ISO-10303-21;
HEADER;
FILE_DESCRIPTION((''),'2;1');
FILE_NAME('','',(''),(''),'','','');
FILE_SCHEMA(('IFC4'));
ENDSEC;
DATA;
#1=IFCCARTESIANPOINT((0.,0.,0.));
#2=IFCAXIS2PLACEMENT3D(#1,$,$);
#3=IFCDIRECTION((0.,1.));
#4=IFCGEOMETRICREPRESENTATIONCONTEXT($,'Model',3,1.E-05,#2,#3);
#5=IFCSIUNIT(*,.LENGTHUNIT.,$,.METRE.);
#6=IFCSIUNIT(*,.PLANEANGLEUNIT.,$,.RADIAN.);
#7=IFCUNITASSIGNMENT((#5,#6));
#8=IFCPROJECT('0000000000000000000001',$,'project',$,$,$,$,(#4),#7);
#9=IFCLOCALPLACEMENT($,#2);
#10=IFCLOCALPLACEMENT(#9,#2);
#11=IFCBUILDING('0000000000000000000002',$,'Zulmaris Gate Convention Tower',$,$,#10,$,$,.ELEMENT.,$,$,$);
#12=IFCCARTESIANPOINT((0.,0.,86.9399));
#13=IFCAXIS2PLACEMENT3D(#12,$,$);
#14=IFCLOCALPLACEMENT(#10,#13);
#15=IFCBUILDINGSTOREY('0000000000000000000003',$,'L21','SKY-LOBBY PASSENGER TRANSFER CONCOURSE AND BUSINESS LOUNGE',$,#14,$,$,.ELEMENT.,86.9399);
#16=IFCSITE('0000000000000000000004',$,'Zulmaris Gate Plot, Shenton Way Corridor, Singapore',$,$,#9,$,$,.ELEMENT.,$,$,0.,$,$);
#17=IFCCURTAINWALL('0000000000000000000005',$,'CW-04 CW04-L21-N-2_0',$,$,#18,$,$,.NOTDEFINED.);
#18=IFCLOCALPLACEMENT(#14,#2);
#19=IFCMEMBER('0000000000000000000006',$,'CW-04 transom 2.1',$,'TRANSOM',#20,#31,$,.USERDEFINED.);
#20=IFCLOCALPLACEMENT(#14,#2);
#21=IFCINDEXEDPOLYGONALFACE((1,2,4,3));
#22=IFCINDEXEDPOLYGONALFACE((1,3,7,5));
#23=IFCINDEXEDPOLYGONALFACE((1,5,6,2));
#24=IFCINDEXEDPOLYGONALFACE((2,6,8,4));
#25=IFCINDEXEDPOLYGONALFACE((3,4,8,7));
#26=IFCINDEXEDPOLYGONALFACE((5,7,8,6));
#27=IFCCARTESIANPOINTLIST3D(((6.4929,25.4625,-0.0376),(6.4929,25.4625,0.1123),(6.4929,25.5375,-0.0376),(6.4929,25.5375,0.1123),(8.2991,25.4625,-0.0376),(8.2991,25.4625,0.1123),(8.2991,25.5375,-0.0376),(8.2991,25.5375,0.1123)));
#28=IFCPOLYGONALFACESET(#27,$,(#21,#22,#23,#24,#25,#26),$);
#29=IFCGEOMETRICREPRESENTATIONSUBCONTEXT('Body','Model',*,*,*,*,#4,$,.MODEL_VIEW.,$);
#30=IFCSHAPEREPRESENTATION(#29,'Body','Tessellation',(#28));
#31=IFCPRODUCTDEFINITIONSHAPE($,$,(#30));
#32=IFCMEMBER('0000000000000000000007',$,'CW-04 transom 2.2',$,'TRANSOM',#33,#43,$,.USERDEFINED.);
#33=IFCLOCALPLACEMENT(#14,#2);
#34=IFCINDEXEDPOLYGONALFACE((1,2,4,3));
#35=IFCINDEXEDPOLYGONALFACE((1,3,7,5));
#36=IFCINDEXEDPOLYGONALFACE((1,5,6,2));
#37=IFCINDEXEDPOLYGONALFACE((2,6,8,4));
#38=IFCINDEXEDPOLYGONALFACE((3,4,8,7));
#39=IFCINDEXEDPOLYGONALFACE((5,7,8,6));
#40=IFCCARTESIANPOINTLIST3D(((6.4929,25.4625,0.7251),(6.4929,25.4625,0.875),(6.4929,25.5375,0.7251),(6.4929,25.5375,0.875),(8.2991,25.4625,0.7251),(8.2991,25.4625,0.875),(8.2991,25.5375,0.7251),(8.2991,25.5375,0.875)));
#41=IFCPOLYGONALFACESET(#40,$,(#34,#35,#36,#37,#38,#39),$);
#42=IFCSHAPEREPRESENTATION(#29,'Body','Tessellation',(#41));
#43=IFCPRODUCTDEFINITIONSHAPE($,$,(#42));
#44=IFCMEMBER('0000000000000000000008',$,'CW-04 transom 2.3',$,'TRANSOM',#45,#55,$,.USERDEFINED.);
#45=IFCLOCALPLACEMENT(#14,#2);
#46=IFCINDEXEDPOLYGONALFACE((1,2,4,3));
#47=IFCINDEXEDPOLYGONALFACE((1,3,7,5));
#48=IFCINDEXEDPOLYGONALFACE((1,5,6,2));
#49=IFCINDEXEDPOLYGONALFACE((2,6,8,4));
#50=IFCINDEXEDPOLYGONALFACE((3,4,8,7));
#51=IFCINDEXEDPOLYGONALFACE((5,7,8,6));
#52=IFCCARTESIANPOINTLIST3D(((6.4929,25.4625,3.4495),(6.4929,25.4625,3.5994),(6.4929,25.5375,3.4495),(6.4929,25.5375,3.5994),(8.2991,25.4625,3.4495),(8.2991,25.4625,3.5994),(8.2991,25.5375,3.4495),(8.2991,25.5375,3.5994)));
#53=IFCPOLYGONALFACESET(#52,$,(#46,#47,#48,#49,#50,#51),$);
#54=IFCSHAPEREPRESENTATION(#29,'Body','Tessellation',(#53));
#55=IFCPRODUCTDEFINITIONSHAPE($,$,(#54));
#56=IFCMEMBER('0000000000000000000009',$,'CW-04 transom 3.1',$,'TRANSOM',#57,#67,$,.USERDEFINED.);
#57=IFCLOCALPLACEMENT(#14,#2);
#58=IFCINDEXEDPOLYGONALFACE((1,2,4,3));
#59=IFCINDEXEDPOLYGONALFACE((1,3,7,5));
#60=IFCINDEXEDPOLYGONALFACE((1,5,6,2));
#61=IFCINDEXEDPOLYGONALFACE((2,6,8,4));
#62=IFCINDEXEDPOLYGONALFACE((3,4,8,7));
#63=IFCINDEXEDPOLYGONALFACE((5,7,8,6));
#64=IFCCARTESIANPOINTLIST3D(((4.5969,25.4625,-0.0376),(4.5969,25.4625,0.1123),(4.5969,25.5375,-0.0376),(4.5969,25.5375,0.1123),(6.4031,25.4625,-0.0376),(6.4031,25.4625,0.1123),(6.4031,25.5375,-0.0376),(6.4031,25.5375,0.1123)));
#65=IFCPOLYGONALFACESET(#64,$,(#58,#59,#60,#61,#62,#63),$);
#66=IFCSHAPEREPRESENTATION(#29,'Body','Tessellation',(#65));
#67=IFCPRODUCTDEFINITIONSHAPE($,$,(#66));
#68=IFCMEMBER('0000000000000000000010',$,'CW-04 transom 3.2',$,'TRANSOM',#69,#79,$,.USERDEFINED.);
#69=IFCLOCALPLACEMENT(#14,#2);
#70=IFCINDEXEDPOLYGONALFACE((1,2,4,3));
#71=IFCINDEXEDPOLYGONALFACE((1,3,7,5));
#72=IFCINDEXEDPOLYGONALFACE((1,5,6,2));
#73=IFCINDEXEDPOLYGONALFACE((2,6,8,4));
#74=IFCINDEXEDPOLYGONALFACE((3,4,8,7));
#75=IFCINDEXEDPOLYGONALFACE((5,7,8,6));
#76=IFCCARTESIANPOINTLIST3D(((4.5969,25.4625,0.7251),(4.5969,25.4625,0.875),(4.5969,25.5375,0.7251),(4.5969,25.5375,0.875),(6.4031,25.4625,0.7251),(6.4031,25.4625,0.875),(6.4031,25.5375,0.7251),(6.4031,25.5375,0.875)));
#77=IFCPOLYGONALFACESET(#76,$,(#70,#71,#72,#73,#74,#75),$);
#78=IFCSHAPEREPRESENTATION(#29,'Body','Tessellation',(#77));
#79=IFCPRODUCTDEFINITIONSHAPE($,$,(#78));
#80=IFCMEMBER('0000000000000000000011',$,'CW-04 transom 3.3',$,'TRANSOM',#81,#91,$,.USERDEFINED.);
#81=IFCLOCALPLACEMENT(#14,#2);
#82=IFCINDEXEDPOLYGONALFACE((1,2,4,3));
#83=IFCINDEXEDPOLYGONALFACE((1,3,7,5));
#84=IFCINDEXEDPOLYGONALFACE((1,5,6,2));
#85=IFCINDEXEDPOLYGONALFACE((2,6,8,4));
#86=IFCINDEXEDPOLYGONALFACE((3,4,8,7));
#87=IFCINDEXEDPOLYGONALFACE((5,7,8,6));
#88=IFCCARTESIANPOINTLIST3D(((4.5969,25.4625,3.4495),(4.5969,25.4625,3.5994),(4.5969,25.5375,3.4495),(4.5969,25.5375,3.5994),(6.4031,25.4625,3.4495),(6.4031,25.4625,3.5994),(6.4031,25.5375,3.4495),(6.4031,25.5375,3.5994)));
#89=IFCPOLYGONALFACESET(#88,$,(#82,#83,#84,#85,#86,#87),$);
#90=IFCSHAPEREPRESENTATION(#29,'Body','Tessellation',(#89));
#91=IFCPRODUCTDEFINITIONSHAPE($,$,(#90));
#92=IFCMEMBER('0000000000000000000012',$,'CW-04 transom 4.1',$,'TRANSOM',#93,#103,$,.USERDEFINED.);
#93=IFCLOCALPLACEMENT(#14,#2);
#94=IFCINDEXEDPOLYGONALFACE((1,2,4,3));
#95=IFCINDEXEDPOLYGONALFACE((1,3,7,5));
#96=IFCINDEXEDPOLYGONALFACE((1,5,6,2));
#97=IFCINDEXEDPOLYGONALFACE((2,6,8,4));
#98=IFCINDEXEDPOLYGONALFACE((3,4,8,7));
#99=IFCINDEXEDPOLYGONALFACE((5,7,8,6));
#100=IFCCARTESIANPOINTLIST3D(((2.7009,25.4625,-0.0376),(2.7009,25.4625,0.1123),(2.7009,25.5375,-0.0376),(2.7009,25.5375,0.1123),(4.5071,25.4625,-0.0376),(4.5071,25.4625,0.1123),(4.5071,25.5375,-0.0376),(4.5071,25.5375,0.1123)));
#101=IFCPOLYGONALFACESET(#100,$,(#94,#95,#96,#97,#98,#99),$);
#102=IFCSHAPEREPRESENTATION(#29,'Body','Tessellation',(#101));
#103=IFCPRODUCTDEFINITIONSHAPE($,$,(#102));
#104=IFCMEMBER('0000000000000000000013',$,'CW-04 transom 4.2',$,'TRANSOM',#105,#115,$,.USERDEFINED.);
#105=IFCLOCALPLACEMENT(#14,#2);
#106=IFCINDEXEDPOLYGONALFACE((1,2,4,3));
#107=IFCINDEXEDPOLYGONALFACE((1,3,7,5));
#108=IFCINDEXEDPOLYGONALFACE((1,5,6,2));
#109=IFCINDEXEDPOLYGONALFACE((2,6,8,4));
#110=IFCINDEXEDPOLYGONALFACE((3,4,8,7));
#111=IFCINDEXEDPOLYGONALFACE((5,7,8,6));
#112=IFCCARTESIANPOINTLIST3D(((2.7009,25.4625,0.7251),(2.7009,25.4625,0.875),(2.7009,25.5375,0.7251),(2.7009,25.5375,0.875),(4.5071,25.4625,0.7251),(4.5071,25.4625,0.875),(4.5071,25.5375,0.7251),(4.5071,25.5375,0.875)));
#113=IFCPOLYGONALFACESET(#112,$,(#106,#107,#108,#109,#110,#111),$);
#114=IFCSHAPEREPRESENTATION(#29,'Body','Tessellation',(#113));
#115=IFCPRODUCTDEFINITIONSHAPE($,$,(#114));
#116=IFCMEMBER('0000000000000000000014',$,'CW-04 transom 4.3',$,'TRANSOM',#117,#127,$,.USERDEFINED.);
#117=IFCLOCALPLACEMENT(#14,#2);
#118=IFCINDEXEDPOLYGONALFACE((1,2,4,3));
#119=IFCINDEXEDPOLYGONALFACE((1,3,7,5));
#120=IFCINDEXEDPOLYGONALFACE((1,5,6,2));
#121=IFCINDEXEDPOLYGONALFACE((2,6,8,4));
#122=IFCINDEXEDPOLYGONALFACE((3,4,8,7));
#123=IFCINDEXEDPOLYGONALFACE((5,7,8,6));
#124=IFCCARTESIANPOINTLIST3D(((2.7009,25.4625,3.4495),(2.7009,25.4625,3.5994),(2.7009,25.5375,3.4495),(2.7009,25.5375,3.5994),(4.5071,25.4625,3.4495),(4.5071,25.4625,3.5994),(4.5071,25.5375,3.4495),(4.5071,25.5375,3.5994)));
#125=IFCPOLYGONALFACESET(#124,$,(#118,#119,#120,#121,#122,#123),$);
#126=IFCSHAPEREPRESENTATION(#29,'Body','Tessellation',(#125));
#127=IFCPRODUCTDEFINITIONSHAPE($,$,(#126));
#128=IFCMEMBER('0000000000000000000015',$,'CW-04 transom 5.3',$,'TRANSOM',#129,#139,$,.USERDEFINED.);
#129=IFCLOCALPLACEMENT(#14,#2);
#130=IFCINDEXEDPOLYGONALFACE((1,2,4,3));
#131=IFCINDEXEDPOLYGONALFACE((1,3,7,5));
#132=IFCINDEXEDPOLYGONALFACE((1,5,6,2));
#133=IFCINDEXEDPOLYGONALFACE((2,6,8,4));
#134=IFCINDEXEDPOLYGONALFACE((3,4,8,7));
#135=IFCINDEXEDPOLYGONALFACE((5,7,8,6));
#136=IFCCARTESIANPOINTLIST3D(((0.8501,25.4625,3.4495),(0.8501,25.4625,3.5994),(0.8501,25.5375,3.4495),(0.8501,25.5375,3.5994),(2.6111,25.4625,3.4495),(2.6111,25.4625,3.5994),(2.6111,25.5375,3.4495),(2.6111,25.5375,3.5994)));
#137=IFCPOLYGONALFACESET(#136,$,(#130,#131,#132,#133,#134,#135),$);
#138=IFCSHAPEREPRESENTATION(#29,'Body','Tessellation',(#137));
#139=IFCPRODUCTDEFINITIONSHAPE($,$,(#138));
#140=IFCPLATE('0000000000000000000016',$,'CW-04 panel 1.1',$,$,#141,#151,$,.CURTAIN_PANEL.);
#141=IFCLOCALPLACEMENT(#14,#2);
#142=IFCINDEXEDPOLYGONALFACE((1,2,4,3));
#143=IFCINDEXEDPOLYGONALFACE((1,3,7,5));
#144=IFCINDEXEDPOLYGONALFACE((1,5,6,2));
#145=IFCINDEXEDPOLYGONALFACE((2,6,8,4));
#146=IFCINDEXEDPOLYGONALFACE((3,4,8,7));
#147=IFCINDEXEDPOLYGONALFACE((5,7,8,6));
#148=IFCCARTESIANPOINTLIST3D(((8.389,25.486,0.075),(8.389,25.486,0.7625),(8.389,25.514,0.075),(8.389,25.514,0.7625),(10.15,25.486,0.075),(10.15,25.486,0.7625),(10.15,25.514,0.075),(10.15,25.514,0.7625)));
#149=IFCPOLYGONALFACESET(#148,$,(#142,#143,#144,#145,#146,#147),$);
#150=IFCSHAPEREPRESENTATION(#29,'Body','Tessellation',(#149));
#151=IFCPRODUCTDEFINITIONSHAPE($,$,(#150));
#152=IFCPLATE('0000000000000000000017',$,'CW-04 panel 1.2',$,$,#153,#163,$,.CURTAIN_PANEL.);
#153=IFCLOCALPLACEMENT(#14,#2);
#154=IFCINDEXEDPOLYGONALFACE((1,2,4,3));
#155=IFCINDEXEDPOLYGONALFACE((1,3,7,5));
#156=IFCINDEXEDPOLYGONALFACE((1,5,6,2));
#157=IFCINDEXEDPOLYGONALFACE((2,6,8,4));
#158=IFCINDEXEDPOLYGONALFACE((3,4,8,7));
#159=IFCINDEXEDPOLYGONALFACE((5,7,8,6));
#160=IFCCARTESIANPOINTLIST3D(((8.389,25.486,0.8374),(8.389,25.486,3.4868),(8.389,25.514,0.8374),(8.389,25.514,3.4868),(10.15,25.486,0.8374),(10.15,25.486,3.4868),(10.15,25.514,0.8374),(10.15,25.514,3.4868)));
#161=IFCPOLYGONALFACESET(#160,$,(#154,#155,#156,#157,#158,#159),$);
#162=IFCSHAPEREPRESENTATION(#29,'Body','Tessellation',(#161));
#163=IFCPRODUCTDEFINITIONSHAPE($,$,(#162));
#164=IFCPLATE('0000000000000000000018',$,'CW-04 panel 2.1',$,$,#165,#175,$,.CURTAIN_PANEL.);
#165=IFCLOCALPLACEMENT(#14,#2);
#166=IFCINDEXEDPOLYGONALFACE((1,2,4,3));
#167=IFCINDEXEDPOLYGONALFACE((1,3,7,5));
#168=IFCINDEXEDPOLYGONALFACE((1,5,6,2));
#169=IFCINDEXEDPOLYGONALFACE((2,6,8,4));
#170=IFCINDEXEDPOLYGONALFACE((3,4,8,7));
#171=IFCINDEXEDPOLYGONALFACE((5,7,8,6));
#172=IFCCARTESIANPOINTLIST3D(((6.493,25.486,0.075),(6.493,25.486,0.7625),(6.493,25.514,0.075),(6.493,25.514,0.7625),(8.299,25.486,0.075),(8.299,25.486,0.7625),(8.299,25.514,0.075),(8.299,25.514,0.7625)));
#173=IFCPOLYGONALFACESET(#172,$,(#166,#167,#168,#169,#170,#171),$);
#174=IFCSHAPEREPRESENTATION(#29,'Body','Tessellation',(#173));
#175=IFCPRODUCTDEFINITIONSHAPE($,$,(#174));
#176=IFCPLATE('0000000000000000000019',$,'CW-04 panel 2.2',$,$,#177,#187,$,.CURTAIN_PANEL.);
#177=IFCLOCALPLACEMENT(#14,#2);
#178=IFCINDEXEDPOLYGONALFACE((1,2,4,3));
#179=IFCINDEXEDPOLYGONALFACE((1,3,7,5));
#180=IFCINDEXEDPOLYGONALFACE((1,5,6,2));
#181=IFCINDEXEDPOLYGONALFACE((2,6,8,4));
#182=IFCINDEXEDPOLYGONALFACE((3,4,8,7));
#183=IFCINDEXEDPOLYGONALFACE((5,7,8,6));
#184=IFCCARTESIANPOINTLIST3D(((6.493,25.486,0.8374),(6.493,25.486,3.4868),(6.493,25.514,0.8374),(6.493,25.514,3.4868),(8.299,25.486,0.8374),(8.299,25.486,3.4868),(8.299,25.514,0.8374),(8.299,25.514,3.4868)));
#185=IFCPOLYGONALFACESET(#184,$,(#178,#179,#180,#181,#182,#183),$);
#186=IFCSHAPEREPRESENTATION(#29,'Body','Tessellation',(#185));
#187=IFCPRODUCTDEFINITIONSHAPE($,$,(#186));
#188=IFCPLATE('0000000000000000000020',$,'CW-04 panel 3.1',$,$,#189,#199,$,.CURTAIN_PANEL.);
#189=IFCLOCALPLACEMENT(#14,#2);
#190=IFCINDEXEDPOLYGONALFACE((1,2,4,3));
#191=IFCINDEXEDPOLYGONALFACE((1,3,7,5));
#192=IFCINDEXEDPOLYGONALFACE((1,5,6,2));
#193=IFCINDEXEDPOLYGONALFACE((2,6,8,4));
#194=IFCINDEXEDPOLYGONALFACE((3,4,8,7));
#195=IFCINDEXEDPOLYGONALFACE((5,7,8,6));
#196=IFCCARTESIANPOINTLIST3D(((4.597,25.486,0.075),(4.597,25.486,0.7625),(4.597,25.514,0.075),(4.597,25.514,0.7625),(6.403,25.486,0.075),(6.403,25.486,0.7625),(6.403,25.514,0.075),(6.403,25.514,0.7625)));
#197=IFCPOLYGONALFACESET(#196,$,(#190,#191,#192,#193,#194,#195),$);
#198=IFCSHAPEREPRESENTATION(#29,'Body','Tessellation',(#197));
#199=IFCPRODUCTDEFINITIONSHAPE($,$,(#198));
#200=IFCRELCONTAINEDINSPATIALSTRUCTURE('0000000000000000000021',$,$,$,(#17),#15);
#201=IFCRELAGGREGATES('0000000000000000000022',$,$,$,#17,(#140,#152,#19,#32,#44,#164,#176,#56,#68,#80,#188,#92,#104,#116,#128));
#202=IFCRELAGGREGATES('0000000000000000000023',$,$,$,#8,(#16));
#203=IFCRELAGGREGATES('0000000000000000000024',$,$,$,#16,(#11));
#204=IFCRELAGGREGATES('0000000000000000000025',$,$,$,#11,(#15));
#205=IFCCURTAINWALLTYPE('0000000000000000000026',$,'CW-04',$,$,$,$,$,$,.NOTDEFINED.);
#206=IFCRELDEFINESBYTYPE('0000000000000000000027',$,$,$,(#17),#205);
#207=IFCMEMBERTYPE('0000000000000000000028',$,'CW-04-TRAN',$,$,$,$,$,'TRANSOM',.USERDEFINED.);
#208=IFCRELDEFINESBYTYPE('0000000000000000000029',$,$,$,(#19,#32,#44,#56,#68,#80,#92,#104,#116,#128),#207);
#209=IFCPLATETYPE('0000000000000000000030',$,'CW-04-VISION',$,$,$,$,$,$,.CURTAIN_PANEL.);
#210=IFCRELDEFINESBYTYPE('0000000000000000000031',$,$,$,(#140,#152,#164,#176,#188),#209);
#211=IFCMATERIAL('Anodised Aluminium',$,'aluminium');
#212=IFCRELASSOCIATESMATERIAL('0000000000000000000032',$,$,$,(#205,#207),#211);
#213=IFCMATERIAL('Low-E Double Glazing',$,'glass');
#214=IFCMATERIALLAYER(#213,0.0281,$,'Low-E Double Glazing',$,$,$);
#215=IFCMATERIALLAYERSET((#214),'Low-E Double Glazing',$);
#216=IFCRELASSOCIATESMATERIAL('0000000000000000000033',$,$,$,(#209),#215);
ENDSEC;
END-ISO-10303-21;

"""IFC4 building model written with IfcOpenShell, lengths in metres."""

from ifc_helpers import new_model, si_unit, direction, frame, origin, origin_2d, place, context, subcontext, project, spatial, rectangle, extrude, material, layer, layer_set, material_profile, profile_set, type_object, element, aggregate, save


model = new_model("IFC4")

# Units and contexts
model_context = context("Model", 3, precision=1e-05, world=origin(), true_north=direction((0.0, 1.0)))
body_context = subcontext(model_context, "Body", "Model", "MODEL_VIEW")
ifc_project = project(units=[si_unit("LENGTHUNIT", "METRE"), si_unit("PLANEANGLEUNIT", "RADIAN")], contexts=[model_context])

# Site, building, storey
site_placement = place(None, origin())
site = spatial("IfcSite", under=ifc_project, at=site_placement, Name="Zulmaris Gate Plot, Shenton Way Corridor, Singapore", CompositionType="ELEMENT", RefElevation=0.0)
building_placement = place(site_placement, origin())
building = spatial("IfcBuilding", under=site, at=building_placement, Name="Zulmaris Gate Convention Tower", CompositionType="ELEMENT")
storey_placement = place(building_placement, frame((0.0, 0.0, 86.9399)))
storey = spatial("IfcBuildingStorey", under=building, at=storey_placement, Name="L21", Description="SKY-LOBBY PASSENGER TRANSFER CONCOURSE AND BUSINESS LOUNGE", CompositionType="ELEMENT", Elevation=86.9399)

# Curtain wall, members, plates
ifc_material_1 = material(Name="Anodised Aluminium", Category="aluminium")
curtain_wall_type = type_object("IfcCurtainWallType", Name="CW-04", PredefinedType="NOTDEFINED", material=ifc_material_1)
curtain_wall_placement = place(storey_placement, origin())
curtain_wall = element("IfcCurtainWall", 1, at=curtain_wall_placement, inside=storey, type_object=curtain_wall_type, Name="CW-04 CW04-L21-N-2_0", PredefinedType="NOTDEFINED")
ifc_material_profile_1 = material_profile(ifc_material_1, rectangle(XDim=0.075, YDim=0.1499, at=origin_2d()), Name="ALU TRANSOM 75x150")
ifc_profile_set_1 = profile_set([ifc_material_profile_1], Name="Anodised Aluminium")
member_type_1 = type_object("IfcMemberType", Name="CW-04-TRAN", ElementType="TRANSOM", PredefinedType="USERDEFINED", material=ifc_profile_set_1)
member_1_placement = place(storey_placement, frame((8.2991, 25.5, 0.0374), z_axis=(-1.0, 0.0, 0.0), x_axis=(0.0, -1.0, 0.0)))
member_1 = element("IfcMember", 2, at=member_1_placement, type_object=member_type_1, Name="CW-04 transom 2.1", ObjectType="TRANSOM", PredefinedType="USERDEFINED", context=body_context, shape_type="SweptSolid", body=[
    extrude(rectangle(XDim=0.075, YDim=0.1499, at=origin_2d()), origin(), (0.0, 0.0, 1.0), 1.8062),
])
member_2_placement = place(storey_placement, frame((8.2991, 25.5, 0.8), z_axis=(-1.0, 0.0, 0.0), x_axis=(0.0, -1.0, 0.0)))
member_2 = element("IfcMember", 3, at=member_2_placement, type_object=member_type_1, Name="CW-04 transom 2.2", ObjectType="TRANSOM", PredefinedType="USERDEFINED", context=body_context, shape_type="SweptSolid", body=[
    extrude(rectangle(XDim=0.075, YDim=0.1499, at=origin_2d()), origin(), (0.0, 0.0, 1.0), 1.8062),
])
member_3_placement = place(storey_placement, frame((8.2991, 25.5, 3.5244), z_axis=(-1.0, 0.0, 0.0), x_axis=(0.0, -1.0, 0.0)))
member_3 = element("IfcMember", 4, at=member_3_placement, type_object=member_type_1, Name="CW-04 transom 2.3", ObjectType="TRANSOM", PredefinedType="USERDEFINED", context=body_context, shape_type="SweptSolid", body=[
    extrude(rectangle(XDim=0.075, YDim=0.1499, at=origin_2d()), origin(), (0.0, 0.0, 1.0), 1.8062),
])
member_4_placement = place(storey_placement, frame((6.4031, 25.5, 0.0374), z_axis=(-1.0, 0.0, 0.0), x_axis=(0.0, -1.0, 0.0)))
member_4 = element("IfcMember", 5, at=member_4_placement, type_object=member_type_1, Name="CW-04 transom 3.1", ObjectType="TRANSOM", PredefinedType="USERDEFINED", context=body_context, shape_type="SweptSolid", body=[
    extrude(rectangle(XDim=0.075, YDim=0.1499, at=origin_2d()), origin(), (0.0, 0.0, 1.0), 1.8062),
])
member_5_placement = place(storey_placement, frame((6.4031, 25.5, 0.8), z_axis=(-1.0, 0.0, 0.0), x_axis=(0.0, -1.0, 0.0)))
member_5 = element("IfcMember", 6, at=member_5_placement, type_object=member_type_1, Name="CW-04 transom 3.2", ObjectType="TRANSOM", PredefinedType="USERDEFINED", context=body_context, shape_type="SweptSolid", body=[
    extrude(rectangle(XDim=0.075, YDim=0.1499, at=origin_2d()), origin(), (0.0, 0.0, 1.0), 1.8062),
])
member_6_placement = place(storey_placement, frame((6.4031, 25.5, 3.5244), z_axis=(-1.0, 0.0, 0.0), x_axis=(0.0, -1.0, 0.0)))
member_6 = element("IfcMember", 7, at=member_6_placement, type_object=member_type_1, Name="CW-04 transom 3.3", ObjectType="TRANSOM", PredefinedType="USERDEFINED", context=body_context, shape_type="SweptSolid", body=[
    extrude(rectangle(XDim=0.075, YDim=0.1499, at=origin_2d()), origin(), (0.0, 0.0, 1.0), 1.8062),
])
member_7_placement = place(storey_placement, frame((4.5071, 25.5, 0.0374), z_axis=(-1.0, 0.0, 0.0), x_axis=(0.0, -1.0, 0.0)))
member_7 = element("IfcMember", 8, at=member_7_placement, type_object=member_type_1, Name="CW-04 transom 4.1", ObjectType="TRANSOM", PredefinedType="USERDEFINED", context=body_context, shape_type="SweptSolid", body=[
    extrude(rectangle(XDim=0.075, YDim=0.1499, at=origin_2d()), origin(), (0.0, 0.0, 1.0), 1.8062),
])
member_8_placement = place(storey_placement, frame((4.5071, 25.5, 0.8), z_axis=(-1.0, 0.0, 0.0), x_axis=(0.0, -1.0, 0.0)))
member_8 = element("IfcMember", 9, at=member_8_placement, type_object=member_type_1, Name="CW-04 transom 4.2", ObjectType="TRANSOM", PredefinedType="USERDEFINED", context=body_context, shape_type="SweptSolid", body=[
    extrude(rectangle(XDim=0.075, YDim=0.1499, at=origin_2d()), origin(), (0.0, 0.0, 1.0), 1.8062),
])
member_9_placement = place(storey_placement, frame((4.5071, 25.5, 3.5244), z_axis=(-1.0, 0.0, 0.0), x_axis=(0.0, -1.0, 0.0)))
member_9 = element("IfcMember", 10, at=member_9_placement, type_object=member_type_1, Name="CW-04 transom 4.3", ObjectType="TRANSOM", PredefinedType="USERDEFINED", context=body_context, shape_type="SweptSolid", body=[
    extrude(rectangle(XDim=0.075, YDim=0.1499, at=origin_2d()), origin(), (0.0, 0.0, 1.0), 1.8062),
])
member_10_placement = place(storey_placement, frame((2.6111, 25.5, 3.5244), z_axis=(-1.0, 0.0, 0.0), x_axis=(0.0, -1.0, 0.0)))
member_10 = element("IfcMember", 11, at=member_10_placement, type_object=member_type_1, Name="CW-04 transom 5.3", ObjectType="TRANSOM", PredefinedType="USERDEFINED", context=body_context, shape_type="SweptSolid", body=[
    extrude(rectangle(XDim=0.075, YDim=0.1499, at=origin_2d()), origin(), (0.0, 0.0, 1.0), 1.761),
])
ifc_material_2 = material(Name="Low-E Double Glazing", Category="glass")
ifc_layer_1 = layer(ifc_material_2, 0.0281, Name="Low-E Double Glazing")
ifc_layer_set_1 = layer_set([ifc_layer_1], Name="Low-E Double Glazing")
plate_type_1 = type_object("IfcPlateType", Name="CW-04-VISION", PredefinedType="CURTAIN_PANEL", material=ifc_layer_set_1)
plate_1_placement = place(storey_placement, frame((9.2695, 25.5, 0.075), z_axis=(0.0, 0.0, 1.0), x_axis=(-1.0, 0.0, 0.0)))
plate_1 = element("IfcPlate", 12, at=plate_1_placement, type_object=plate_type_1, Name="CW-04 panel 1.1", PredefinedType="CURTAIN_PANEL", context=body_context, shape_type="SweptSolid", body=[
    extrude(rectangle(XDim=1.761, YDim=0.0281, at=origin_2d()), origin(), (0.0, 0.0, 1.0), 0.6875),
])
plate_2_placement = place(storey_placement, frame((9.2695, 25.5, 0.8374), z_axis=(0.0, 0.0, 1.0), x_axis=(-1.0, 0.0, 0.0)))
plate_2 = element("IfcPlate", 13, at=plate_2_placement, type_object=plate_type_1, Name="CW-04 panel 1.2", PredefinedType="CURTAIN_PANEL", context=body_context, shape_type="SweptSolid", body=[
    extrude(rectangle(XDim=1.761, YDim=0.0281, at=origin_2d()), origin(), (0.0, 0.0, 1.0), 2.6494),
])
plate_3_placement = place(storey_placement, frame((7.396, 25.5, 0.075), z_axis=(0.0, 0.0, 1.0), x_axis=(-1.0, 0.0, 0.0)))
plate_3 = element("IfcPlate", 14, at=plate_3_placement, type_object=plate_type_1, Name="CW-04 panel 2.1", PredefinedType="CURTAIN_PANEL", context=body_context, shape_type="SweptSolid", body=[
    extrude(rectangle(XDim=1.8059, YDim=0.0281, at=origin_2d()), origin(), (0.0, 0.0, 1.0), 0.6875),
])
plate_4_placement = place(storey_placement, frame((7.396, 25.5, 0.8374), z_axis=(0.0, 0.0, 1.0), x_axis=(-1.0, 0.0, 0.0)))
plate_4 = element("IfcPlate", 15, at=plate_4_placement, type_object=plate_type_1, Name="CW-04 panel 2.2", PredefinedType="CURTAIN_PANEL", context=body_context, shape_type="SweptSolid", body=[
    extrude(rectangle(XDim=1.8059, YDim=0.0281, at=origin_2d()), origin(), (0.0, 0.0, 1.0), 2.6494),
])
plate_5_placement = place(storey_placement, frame((5.5, 25.5, 0.075), z_axis=(0.0, 0.0, 1.0), x_axis=(-1.0, 0.0, 0.0)))
plate_5 = element("IfcPlate", 16, at=plate_5_placement, type_object=plate_type_1, Name="CW-04 panel 3.1", PredefinedType="CURTAIN_PANEL", context=body_context, shape_type="SweptSolid", body=[
    extrude(rectangle(XDim=1.8059, YDim=0.0281, at=origin_2d()), origin(), (0.0, 0.0, 1.0), 0.6875),
])
aggregate(curtain_wall, [plate_1, plate_2, member_1, member_2, member_3, plate_3, plate_4, member_4, member_5, member_6, plate_5, member_7, member_8, member_9, member_10])

save(model, "model.ifc")
